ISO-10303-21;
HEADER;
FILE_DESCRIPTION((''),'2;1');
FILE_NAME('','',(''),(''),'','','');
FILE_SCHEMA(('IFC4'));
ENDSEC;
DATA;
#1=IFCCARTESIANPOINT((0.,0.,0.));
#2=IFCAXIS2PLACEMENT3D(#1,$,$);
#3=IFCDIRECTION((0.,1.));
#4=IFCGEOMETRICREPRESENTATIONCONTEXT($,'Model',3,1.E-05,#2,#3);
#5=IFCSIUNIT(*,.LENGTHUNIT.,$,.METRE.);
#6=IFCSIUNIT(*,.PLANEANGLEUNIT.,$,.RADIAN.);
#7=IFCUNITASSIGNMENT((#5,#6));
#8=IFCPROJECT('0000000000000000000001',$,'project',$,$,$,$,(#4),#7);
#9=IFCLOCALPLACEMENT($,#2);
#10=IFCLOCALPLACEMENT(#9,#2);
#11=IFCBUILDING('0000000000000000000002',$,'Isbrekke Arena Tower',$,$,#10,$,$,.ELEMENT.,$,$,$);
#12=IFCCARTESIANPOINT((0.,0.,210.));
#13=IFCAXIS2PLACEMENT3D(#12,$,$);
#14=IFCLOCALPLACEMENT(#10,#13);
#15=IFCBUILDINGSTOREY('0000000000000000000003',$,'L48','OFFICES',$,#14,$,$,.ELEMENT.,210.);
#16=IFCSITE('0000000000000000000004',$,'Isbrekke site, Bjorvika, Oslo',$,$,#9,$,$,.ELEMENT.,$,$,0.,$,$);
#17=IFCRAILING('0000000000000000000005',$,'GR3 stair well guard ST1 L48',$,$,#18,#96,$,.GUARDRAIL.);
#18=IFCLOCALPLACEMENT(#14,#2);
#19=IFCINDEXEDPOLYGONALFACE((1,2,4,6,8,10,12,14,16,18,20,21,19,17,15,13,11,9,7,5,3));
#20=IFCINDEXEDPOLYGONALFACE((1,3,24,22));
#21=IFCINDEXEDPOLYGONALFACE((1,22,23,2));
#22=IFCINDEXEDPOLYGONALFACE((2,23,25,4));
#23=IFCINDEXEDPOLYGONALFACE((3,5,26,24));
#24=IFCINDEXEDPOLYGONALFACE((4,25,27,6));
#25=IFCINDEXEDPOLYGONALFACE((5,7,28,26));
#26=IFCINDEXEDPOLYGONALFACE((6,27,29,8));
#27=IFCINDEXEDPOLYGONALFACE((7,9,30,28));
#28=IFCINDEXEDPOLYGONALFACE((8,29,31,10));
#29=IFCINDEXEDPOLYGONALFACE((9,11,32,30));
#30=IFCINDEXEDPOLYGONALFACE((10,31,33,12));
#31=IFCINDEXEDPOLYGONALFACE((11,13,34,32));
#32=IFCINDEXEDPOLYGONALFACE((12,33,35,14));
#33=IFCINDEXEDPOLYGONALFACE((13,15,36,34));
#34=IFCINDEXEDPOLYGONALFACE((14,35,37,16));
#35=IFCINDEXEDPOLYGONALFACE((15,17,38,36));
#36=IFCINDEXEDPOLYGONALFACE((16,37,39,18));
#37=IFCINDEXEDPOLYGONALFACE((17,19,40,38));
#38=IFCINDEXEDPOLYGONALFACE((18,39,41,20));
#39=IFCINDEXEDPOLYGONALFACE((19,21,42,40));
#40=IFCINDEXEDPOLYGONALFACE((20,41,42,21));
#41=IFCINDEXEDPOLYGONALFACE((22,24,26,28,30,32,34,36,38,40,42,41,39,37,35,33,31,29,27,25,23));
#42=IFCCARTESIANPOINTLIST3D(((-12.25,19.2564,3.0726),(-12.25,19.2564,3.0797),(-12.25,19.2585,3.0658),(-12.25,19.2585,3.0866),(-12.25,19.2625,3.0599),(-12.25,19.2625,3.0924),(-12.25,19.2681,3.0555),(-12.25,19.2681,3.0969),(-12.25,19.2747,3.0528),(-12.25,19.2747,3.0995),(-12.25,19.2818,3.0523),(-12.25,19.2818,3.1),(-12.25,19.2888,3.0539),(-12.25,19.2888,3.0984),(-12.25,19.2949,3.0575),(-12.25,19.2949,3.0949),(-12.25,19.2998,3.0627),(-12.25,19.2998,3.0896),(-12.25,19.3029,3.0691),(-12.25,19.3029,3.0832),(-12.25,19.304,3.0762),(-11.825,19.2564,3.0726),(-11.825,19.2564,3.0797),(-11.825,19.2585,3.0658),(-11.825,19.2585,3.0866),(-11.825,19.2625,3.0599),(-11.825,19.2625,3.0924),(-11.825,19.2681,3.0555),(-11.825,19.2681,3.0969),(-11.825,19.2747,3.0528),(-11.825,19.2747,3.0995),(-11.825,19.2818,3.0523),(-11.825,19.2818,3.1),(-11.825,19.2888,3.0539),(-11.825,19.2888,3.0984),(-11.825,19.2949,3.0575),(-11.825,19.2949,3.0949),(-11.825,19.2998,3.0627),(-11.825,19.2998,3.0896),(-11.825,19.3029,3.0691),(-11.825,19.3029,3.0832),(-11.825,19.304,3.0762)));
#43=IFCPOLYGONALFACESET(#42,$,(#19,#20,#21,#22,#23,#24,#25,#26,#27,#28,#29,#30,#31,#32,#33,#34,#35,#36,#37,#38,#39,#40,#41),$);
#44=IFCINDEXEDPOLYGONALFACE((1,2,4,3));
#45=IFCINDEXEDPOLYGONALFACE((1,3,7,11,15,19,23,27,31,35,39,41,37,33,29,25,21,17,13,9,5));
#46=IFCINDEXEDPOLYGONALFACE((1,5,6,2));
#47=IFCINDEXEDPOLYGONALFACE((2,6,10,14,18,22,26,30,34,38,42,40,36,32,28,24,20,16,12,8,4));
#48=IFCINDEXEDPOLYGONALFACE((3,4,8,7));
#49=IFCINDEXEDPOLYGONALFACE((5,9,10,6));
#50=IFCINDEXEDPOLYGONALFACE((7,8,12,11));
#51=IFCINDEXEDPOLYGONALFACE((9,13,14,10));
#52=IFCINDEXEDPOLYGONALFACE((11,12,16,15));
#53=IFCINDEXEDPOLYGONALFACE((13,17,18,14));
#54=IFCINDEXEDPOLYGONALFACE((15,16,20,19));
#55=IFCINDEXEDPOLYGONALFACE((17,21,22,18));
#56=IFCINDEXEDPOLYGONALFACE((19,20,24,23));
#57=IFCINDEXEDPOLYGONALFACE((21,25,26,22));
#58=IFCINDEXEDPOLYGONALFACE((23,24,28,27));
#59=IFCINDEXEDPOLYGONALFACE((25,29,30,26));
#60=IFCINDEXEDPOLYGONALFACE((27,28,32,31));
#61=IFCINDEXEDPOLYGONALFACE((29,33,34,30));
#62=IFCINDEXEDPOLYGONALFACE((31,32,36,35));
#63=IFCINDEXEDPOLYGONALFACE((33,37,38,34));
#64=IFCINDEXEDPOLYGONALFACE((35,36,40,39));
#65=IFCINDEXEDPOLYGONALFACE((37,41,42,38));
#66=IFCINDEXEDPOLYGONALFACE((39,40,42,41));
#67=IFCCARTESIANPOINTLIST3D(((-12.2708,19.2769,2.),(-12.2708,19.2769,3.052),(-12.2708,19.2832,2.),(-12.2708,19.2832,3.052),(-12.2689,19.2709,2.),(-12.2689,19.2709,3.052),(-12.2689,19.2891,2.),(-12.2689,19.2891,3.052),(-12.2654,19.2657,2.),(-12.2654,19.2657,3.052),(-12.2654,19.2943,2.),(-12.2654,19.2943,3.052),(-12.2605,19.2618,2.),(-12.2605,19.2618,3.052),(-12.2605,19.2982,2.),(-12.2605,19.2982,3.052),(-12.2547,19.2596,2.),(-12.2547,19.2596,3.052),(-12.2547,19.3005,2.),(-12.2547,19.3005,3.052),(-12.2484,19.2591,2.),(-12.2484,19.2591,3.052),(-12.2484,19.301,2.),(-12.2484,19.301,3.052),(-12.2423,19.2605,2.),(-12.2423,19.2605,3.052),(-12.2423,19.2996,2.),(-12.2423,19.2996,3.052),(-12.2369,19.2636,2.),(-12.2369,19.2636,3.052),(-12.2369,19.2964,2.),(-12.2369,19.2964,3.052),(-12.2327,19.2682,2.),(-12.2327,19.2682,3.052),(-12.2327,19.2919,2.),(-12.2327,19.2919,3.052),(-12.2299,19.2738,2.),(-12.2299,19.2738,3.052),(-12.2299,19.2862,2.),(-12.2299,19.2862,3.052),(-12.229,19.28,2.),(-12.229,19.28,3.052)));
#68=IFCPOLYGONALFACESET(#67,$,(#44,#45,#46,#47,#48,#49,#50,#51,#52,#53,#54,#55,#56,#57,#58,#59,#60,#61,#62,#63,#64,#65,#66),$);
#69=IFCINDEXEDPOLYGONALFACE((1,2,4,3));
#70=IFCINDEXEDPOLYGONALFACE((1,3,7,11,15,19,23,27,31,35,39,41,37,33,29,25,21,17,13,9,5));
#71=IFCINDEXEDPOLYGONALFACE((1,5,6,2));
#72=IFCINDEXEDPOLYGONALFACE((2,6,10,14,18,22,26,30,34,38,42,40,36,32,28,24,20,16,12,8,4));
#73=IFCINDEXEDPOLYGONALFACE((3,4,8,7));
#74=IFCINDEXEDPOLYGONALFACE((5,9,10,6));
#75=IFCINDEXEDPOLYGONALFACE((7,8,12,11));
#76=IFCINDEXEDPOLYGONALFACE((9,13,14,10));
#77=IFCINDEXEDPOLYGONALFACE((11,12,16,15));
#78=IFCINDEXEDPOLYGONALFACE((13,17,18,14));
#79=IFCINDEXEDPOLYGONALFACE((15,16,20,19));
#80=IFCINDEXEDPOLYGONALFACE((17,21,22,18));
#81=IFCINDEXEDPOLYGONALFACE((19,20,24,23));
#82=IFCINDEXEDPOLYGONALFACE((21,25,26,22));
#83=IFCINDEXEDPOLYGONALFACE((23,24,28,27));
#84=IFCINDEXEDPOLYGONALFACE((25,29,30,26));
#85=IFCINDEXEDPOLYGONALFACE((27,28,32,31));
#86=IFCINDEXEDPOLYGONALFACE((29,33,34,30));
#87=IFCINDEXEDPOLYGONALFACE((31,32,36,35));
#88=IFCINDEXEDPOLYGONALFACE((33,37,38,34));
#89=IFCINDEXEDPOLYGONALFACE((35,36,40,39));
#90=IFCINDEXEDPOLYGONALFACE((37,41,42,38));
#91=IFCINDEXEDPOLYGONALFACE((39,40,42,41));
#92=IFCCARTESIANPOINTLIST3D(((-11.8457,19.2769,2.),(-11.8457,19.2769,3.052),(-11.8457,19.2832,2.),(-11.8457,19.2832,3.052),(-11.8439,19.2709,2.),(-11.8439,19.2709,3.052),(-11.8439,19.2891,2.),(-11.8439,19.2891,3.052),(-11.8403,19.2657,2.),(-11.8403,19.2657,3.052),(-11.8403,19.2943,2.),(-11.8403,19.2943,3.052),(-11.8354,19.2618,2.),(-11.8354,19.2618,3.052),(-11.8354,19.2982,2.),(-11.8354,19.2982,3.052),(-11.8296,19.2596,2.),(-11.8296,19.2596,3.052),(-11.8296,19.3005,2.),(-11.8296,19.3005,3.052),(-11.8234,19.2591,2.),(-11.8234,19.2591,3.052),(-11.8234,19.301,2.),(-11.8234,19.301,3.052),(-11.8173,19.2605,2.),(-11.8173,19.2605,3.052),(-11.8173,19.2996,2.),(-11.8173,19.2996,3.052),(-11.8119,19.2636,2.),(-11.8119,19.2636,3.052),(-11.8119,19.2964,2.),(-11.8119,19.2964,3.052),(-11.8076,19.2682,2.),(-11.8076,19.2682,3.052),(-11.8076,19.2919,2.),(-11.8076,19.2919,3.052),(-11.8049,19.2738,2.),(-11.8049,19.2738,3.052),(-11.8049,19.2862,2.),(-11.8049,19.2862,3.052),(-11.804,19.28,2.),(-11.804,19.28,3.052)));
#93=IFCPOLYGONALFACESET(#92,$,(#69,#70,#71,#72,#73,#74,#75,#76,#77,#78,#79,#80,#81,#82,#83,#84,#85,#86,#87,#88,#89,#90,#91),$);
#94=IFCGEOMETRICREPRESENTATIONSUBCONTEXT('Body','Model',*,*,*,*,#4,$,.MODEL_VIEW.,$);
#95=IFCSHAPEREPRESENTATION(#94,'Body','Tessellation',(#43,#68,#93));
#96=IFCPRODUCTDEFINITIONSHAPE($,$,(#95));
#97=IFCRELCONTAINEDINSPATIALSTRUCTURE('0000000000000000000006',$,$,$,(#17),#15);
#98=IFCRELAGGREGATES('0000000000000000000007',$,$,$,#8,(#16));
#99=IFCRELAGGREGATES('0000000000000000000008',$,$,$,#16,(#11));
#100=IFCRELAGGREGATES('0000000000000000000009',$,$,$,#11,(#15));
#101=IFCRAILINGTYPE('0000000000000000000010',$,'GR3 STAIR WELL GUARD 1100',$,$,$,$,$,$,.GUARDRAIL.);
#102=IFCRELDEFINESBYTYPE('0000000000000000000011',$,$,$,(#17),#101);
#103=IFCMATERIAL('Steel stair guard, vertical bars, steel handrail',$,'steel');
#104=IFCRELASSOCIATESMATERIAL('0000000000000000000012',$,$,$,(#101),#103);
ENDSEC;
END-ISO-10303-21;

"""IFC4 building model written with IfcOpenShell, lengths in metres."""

from ifc_helpers import new_model, si_unit, direction, frame, origin, origin_2d, place, context, subcontext, project, spatial, circle, extrude, material, type_object, element, save


model = new_model("IFC4")

# Units and contexts
model_context = context("Model", 3, precision=1e-05, world=origin(), true_north=direction((0.0, 1.0)))
body_context = subcontext(model_context, "Body", "Model", "MODEL_VIEW")
ifc_project = project(units=[si_unit("LENGTHUNIT", "METRE"), si_unit("PLANEANGLEUNIT", "RADIAN")], contexts=[model_context])

# Site, building, storey
site_placement = place(None, origin())
site = spatial("IfcSite", under=ifc_project, at=site_placement, Name="Isbrekke site, Bjorvika, Oslo", CompositionType="ELEMENT", RefElevation=0.0)
building_placement = place(site_placement, origin())
building = spatial("IfcBuilding", under=site, at=building_placement, Name="Isbrekke Arena Tower", CompositionType="ELEMENT")
storey_placement = place(building_placement, frame((0.0, 0.0, 210.0)))
storey = spatial("IfcBuildingStorey", under=building, at=storey_placement, Name="L48", Description="OFFICES", CompositionType="ELEMENT", Elevation=210.0)

# Railing
ifc_material_1 = material(Name="Steel stair guard, vertical bars, steel handrail", Category="steel")
railing_type = type_object("IfcRailingType", Name="GR3 STAIR WELL GUARD 1100", PredefinedType="GUARDRAIL", material=ifc_material_1)
for number, where, name in (
    (1, (-12.25, 19.28, 2.0), "GR3 stair well guard ST1 L48"),
):
    element("IfcRailing", number, at=place(storey_placement, frame(where)), inside=storey, type_object=railing_type, Name=name, PredefinedType="GUARDRAIL", context=body_context, shape_type="SweptSolid", body=[
        extrude(circle(Radius=0.0239, at=origin_2d()), frame((0.0, 0.0, 1.0762), z_axis=(1.0, 0.0, 0.0), x_axis=(0.0, 1.0, 0.0)), (0.0, 0.0, 1.0), 0.425),
        extrude(circle(Radius=0.021, at=origin_2d()), origin(), (0.0, 0.0, 1.0), 1.052),
        extrude(circle(Radius=0.021, at=origin_2d()), frame((0.425, 0.0, 0.0)), (0.0, 0.0, 1.0), 1.052),
    ])

save(model, "model.ifc")
